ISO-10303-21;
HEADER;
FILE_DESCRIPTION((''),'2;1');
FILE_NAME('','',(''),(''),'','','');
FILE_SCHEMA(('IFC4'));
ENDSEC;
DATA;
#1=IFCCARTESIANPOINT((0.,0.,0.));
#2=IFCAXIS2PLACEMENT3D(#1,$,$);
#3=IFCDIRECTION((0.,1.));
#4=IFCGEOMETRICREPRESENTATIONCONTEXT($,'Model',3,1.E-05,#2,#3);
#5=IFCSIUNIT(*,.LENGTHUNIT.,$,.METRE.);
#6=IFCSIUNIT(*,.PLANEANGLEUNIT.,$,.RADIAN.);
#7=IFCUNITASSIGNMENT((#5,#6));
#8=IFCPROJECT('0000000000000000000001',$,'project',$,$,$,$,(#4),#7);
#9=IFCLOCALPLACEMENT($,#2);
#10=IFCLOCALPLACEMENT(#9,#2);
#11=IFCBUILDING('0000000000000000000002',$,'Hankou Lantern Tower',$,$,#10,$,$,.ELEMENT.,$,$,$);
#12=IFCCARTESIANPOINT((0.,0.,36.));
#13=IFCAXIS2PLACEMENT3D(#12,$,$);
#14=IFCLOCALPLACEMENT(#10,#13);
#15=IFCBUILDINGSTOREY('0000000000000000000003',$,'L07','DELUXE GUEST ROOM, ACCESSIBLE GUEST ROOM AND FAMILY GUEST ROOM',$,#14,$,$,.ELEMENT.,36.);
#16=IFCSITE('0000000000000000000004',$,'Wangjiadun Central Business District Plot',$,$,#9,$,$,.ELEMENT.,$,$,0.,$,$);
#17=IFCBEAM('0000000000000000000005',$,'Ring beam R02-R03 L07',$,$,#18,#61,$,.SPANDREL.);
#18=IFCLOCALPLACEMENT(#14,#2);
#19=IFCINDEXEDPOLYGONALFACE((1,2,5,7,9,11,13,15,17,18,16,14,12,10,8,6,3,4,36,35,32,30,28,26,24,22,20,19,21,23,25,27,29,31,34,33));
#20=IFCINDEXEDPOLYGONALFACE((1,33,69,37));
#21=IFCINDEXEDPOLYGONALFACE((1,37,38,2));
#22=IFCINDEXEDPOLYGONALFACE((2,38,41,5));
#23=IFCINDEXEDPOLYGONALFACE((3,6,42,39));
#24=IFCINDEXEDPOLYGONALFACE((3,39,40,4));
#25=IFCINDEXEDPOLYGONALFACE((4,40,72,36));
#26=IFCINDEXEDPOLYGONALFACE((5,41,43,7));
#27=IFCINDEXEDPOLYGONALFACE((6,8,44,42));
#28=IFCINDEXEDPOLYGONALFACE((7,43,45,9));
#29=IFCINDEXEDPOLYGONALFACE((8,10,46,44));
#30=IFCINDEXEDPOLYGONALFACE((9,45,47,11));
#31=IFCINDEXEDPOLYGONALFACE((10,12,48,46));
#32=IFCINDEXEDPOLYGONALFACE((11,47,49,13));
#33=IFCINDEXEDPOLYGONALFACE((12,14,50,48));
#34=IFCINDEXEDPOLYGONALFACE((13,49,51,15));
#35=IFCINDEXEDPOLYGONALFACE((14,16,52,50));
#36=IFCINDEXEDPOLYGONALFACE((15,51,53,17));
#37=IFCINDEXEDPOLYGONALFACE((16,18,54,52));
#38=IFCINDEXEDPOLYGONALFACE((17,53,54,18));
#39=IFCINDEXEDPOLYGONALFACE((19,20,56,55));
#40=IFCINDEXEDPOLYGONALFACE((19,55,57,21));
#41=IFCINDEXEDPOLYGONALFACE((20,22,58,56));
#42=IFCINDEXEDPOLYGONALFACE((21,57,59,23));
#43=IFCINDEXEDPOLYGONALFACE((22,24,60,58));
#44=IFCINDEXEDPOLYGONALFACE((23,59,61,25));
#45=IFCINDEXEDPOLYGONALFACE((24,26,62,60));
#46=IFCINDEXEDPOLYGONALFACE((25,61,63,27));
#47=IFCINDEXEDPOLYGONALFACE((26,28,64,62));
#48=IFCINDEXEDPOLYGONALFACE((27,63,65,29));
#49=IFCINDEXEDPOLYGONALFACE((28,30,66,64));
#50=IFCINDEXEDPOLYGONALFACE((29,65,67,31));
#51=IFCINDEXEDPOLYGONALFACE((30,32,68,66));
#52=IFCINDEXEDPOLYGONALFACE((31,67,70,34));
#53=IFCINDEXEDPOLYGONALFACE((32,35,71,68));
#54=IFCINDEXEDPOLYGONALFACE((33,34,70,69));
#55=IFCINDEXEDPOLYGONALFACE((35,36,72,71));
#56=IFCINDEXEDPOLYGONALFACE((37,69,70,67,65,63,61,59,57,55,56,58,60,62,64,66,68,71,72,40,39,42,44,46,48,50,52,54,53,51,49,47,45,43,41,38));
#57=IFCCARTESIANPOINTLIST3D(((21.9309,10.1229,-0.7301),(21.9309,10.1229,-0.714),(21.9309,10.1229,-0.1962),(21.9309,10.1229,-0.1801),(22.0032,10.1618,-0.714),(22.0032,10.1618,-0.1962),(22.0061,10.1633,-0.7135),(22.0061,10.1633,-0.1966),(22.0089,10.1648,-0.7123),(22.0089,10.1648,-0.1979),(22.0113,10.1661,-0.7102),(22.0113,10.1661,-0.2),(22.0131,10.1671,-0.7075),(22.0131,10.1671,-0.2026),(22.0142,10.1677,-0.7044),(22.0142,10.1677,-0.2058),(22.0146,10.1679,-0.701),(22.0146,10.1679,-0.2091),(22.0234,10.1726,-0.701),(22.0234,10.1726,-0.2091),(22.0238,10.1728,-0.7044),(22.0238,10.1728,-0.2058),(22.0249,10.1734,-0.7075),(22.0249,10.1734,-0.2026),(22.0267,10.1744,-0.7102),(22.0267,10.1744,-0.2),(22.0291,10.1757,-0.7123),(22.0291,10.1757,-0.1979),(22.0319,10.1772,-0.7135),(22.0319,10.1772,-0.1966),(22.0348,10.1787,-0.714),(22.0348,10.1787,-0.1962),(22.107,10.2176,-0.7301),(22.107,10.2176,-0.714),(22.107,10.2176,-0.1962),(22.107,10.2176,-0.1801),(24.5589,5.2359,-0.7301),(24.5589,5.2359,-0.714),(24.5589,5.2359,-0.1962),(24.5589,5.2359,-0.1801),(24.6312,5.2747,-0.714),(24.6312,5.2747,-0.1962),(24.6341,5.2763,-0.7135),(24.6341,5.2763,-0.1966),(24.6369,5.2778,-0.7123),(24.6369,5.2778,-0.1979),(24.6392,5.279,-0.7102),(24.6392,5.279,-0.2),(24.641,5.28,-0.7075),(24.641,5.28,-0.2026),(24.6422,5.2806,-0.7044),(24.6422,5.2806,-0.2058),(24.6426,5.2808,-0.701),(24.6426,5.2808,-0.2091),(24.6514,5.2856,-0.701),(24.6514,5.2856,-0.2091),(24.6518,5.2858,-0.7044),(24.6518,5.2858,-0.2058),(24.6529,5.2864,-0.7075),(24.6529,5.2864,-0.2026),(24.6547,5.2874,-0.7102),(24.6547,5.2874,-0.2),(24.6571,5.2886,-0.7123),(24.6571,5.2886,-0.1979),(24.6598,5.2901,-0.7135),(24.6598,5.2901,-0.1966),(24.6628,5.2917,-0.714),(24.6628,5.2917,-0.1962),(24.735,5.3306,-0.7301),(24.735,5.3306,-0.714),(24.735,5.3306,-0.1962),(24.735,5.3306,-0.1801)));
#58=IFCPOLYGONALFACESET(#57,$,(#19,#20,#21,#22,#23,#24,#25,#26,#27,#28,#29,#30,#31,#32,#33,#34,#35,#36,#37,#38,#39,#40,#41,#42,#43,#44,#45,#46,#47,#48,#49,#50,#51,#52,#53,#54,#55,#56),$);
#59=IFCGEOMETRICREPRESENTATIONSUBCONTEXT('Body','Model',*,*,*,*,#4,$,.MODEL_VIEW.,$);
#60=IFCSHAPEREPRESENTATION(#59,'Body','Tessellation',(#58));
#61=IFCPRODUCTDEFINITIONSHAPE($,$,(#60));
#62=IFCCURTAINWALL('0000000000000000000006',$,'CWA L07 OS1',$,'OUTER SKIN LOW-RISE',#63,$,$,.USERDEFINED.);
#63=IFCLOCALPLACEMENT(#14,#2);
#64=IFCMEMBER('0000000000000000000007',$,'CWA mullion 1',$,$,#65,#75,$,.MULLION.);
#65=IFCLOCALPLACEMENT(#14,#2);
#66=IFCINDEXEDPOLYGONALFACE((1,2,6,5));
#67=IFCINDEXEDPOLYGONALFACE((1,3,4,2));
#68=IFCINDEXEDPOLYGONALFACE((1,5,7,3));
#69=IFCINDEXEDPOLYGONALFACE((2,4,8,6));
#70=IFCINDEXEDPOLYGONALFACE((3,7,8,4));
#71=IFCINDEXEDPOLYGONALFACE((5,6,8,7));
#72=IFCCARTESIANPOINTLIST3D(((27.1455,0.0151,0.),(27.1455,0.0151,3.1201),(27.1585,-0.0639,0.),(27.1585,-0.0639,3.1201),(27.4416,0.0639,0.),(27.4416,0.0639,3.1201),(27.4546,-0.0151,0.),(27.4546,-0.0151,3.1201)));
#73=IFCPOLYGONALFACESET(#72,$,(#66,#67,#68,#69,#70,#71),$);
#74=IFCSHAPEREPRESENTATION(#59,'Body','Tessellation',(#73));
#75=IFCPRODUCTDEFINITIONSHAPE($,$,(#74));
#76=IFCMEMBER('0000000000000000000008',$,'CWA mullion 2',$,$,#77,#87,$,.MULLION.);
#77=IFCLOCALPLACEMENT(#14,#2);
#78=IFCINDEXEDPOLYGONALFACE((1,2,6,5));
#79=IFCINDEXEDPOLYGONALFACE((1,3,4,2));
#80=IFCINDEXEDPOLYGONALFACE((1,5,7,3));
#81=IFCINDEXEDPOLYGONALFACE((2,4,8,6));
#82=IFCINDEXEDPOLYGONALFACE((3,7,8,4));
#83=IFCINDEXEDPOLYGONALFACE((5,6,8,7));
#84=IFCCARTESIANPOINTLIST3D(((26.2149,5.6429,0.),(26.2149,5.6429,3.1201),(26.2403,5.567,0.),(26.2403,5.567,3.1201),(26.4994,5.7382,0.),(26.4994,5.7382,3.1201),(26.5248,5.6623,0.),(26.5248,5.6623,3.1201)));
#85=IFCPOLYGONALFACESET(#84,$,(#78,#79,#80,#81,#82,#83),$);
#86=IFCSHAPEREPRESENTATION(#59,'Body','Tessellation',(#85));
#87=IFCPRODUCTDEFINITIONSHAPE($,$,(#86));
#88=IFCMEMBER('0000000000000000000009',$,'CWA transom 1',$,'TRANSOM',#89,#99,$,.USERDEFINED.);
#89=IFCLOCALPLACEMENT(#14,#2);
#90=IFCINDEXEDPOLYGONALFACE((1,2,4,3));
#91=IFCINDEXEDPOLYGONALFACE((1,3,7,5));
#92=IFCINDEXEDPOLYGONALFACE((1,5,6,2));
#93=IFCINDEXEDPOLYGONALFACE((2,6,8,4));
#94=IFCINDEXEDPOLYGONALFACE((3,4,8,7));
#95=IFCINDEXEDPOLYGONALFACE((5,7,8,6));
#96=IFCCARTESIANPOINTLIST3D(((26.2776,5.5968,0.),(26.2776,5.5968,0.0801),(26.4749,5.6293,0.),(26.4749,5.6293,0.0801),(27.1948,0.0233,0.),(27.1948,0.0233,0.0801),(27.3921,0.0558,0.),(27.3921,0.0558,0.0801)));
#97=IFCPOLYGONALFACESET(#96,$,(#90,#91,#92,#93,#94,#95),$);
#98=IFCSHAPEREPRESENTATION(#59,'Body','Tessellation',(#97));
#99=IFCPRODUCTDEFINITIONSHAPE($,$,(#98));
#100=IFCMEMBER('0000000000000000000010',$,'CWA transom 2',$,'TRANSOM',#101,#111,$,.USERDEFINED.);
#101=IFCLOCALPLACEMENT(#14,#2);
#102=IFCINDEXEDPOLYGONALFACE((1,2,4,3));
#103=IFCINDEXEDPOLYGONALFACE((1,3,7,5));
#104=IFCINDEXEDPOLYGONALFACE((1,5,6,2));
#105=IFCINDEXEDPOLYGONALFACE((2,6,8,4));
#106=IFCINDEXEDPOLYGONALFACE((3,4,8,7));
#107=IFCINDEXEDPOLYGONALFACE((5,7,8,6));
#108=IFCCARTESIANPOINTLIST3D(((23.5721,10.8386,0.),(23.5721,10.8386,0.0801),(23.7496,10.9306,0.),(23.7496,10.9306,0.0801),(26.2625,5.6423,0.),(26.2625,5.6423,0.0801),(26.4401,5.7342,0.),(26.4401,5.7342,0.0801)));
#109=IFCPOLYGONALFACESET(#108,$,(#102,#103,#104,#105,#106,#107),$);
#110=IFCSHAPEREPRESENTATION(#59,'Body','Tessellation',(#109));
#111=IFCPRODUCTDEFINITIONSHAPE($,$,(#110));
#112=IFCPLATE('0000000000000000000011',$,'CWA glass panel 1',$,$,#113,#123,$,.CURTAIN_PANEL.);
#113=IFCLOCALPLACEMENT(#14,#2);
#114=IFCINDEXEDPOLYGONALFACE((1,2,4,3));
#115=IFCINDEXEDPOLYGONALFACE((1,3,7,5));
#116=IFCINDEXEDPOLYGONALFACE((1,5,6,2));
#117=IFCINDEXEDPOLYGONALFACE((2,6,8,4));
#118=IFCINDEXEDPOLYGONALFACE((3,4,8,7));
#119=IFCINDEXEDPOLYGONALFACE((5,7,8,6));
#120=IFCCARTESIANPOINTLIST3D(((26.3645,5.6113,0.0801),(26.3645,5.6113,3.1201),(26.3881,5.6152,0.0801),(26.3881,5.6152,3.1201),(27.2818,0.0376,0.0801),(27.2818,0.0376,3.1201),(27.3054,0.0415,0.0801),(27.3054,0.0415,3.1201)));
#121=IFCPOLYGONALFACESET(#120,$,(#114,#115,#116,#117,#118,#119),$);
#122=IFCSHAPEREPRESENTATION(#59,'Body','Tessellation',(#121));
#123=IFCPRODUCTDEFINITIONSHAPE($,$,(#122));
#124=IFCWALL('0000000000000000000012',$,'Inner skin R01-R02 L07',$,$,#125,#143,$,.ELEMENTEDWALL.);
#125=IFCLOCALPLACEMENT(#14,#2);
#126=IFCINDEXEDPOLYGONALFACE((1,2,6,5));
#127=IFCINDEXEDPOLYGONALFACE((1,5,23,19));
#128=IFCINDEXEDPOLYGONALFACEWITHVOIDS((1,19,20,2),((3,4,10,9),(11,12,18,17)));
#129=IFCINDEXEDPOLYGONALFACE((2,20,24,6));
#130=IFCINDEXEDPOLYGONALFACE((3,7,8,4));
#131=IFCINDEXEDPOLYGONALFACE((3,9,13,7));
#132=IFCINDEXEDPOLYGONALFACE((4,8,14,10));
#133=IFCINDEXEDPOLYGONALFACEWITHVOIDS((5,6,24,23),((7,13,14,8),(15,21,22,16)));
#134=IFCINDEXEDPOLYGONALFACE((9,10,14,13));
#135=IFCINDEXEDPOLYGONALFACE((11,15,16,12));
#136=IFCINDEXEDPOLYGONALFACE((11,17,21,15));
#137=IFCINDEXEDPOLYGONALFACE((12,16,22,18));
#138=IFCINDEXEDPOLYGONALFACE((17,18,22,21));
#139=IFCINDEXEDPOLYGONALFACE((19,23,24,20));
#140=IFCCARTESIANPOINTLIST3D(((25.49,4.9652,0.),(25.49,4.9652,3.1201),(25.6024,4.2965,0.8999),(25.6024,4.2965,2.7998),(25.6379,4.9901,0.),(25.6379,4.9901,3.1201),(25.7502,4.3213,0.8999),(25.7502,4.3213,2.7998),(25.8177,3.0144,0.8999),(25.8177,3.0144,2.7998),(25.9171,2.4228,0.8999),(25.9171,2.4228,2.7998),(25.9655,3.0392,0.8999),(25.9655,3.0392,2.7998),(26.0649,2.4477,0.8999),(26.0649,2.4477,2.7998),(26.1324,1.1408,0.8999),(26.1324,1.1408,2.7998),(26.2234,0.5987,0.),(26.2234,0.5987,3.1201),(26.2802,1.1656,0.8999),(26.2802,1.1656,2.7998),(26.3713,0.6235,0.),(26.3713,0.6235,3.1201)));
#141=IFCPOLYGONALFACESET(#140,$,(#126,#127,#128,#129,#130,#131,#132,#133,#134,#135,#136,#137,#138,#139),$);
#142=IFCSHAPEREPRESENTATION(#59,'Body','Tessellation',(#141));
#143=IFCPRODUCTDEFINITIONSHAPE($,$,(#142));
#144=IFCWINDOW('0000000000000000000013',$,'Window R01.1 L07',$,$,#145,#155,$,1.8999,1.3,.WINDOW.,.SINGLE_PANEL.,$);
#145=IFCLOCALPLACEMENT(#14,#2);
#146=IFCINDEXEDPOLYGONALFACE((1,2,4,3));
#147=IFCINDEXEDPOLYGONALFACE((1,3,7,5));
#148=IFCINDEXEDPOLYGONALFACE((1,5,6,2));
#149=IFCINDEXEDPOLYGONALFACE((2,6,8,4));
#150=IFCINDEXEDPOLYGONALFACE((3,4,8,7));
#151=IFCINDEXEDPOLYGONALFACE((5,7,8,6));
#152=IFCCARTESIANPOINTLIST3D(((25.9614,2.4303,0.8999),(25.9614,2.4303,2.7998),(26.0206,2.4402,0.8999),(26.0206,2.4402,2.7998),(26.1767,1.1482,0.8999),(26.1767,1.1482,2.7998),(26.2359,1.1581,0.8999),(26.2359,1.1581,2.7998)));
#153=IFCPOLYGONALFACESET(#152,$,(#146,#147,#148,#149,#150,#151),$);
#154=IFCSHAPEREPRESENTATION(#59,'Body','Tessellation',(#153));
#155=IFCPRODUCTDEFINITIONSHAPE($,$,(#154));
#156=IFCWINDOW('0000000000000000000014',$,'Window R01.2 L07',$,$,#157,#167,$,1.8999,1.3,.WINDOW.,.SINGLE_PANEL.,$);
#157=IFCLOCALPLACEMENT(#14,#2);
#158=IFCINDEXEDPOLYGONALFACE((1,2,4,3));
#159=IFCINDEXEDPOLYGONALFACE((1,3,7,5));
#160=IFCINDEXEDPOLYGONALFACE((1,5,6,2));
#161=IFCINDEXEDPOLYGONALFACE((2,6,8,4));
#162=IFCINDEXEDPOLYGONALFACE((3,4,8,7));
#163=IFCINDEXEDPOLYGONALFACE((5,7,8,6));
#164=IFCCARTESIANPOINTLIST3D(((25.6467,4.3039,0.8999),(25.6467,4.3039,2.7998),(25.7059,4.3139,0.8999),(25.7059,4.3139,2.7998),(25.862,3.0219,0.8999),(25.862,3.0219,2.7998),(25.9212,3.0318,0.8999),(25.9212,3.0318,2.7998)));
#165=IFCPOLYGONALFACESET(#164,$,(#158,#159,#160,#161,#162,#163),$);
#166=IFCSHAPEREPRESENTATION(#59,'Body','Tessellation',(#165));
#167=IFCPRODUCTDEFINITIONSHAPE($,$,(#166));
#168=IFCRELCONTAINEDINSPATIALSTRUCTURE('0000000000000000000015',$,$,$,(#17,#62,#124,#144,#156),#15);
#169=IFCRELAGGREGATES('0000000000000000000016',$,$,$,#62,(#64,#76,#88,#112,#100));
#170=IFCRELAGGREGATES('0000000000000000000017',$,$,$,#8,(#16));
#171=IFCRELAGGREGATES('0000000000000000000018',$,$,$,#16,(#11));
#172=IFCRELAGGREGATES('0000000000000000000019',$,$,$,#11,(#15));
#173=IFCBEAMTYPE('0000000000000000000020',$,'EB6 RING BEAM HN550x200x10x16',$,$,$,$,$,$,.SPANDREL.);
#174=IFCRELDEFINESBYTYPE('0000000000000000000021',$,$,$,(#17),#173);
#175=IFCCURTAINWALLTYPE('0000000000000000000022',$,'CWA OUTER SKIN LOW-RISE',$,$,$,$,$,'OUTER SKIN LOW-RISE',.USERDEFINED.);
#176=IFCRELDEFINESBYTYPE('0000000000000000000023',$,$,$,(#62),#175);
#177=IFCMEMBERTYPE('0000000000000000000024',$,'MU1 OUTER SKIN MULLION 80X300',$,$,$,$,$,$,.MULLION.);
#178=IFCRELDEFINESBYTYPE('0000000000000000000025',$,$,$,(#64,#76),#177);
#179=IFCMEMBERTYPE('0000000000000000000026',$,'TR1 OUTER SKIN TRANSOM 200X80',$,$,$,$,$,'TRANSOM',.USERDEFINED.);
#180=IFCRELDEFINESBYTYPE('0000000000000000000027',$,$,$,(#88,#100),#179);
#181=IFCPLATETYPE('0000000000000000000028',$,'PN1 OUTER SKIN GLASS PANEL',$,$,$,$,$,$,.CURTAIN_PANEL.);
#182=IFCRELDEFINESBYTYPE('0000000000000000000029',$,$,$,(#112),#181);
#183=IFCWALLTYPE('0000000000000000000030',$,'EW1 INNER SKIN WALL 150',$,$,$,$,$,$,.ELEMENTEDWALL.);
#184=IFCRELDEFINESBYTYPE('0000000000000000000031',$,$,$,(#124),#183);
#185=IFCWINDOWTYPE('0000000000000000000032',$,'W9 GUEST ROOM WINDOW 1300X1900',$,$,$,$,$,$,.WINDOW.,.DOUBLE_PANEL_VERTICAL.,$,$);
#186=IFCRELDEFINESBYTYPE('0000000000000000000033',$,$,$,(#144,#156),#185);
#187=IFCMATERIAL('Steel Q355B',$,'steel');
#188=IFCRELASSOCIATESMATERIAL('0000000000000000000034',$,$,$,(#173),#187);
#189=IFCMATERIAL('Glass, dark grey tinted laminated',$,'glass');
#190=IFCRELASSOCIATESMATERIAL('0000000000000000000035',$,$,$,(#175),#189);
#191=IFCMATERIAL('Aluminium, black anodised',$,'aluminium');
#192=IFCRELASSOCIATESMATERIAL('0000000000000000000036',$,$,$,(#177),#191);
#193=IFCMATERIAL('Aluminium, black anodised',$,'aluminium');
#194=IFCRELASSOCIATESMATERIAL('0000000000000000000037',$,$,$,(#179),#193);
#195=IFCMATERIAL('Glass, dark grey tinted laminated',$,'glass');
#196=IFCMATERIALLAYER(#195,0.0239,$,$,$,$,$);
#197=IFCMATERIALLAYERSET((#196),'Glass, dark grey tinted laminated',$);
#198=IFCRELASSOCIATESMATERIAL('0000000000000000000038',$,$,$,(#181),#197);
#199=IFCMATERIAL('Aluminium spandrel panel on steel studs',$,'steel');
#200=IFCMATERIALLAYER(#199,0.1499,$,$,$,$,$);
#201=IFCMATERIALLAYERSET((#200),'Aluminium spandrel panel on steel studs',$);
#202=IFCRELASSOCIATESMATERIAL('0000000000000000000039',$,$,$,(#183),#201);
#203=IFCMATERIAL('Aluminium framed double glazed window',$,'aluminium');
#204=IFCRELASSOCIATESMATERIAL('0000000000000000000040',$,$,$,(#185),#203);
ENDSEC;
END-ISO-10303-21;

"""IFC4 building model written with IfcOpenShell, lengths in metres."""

from ifc_helpers import new_model, si_unit, direction, frame, frame_2d, origin, origin_2d, place, context, subcontext, project, spatial, rectangle, i_section, extrude, material, layer, layer_set, material_profile, profile_set, type_object, element, fill, aggregate, save


model = new_model("IFC4")

# Units and contexts
model_context = context("Model", 3, precision=1e-05, world=origin(), true_north=direction((0.0, 1.0)))
body_context = subcontext(model_context, "Body", "Model", "MODEL_VIEW")
ifc_project = project(units=[si_unit("LENGTHUNIT", "METRE"), si_unit("PLANEANGLEUNIT", "RADIAN")], contexts=[model_context])

# Site, building, storey
site_placement = place(None, origin())
site = spatial("IfcSite", under=ifc_project, at=site_placement, Name="Wangjiadun Central Business District Plot", CompositionType="ELEMENT", RefElevation=0.0)
building_placement = place(site_placement, origin())
building = spatial("IfcBuilding", under=site, at=building_placement, Name="Hankou Lantern Tower", CompositionType="ELEMENT")
storey_placement = place(building_placement, frame((0.0, 0.0, 36.0)))
storey = spatial("IfcBuildingStorey", under=building, at=storey_placement, Name="L07", Description="DELUXE GUEST ROOM, ACCESSIBLE GUEST ROOM AND FAMILY GUEST ROOM", CompositionType="ELEMENT", Elevation=36.0)

# Beam
ifc_material_1 = material(Name="Steel Q355B", Category="steel")
ifc_material_profile_1 = material_profile(ifc_material_1, i_section(OverallWidth=0.2, OverallDepth=0.55, WebThickness=0.01, FlangeThickness=0.0161, FilletRadius=0.0129, at=origin_2d()), Name="HN550x200x10x16")
ifc_profile_set_1 = profile_set([ifc_material_profile_1], Name="Steel Q355B")
beam_type = type_object("IfcBeamType", Name="EB6 RING BEAM HN550x200x10x16", PredefinedType="SPANDREL", material=ifc_profile_set_1)
beam_1_placement = place(storey_placement, frame((24.647, 5.2832, -0.4551), z_axis=(-0.473609, 0.880735, 0.0), x_axis=(-0.880735, -0.473609, 0.0)))
element("IfcBeam", 1, at=beam_1_placement, inside=storey, type_object=beam_type, Name="Ring beam R02-R03 L07", PredefinedType="SPANDREL", context=body_context, shape_type="SweptSolid", body=[
    extrude(i_section(OverallWidth=0.2, OverallDepth=0.55, WebThickness=0.01, FlangeThickness=0.0161, FilletRadius=0.0129, at=origin_2d()), origin(), (0.0, 0.0, 1.0), 5.5488),
])

# Curtain wall, members, plate
ifc_material_2 = material(Name="Glass, dark grey tinted laminated", Category="glass")
curtain_wall_type = type_object("IfcCurtainWallType", Name="CWA OUTER SKIN LOW-RISE", ElementType="OUTER SKIN LOW-RISE", PredefinedType="USERDEFINED", material=ifc_material_2)
curtain_wall_placement = place(storey_placement, origin())
curtain_wall = element("IfcCurtainWall", 2, at=curtain_wall_placement, inside=storey, type_object=curtain_wall_type, Name="CWA L07 OS1", ObjectType="OUTER SKIN LOW-RISE", PredefinedType="USERDEFINED")
ifc_material_3 = material(Name="Aluminium, black anodised", Category="aluminium")
ifc_material_profile_2 = material_profile(ifc_material_3, rectangle(XDim=0.0801, YDim=0.3, at=origin_2d()), Name="MU1 80X300")
ifc_profile_set_2 = profile_set([ifc_material_profile_2], Name="Aluminium, black anodised")
member_type_1 = type_object("IfcMemberType", Name="MU1 OUTER SKIN MULLION 80X300", PredefinedType="MULLION", material=ifc_profile_set_2)
member_1_placement = place(storey_placement, frame((27.3, 0.0, 0.0), z_axis=(0.0, 0.0, 1.0), x_axis=(-0.162382, 0.986728, 0.0)))
member_1 = element("IfcMember", 3, at=member_1_placement, type_object=member_type_1, Name="CWA mullion 1", PredefinedType="MULLION", context=body_context, shape_type="SweptSolid", body=[
    extrude(rectangle(XDim=0.0801, YDim=0.3, at=origin_2d()), origin(), (0.0, 0.0, 1.0), 3.1201),
])
member_2_placement = place(storey_placement, frame((26.3699, 5.6526, 0.0), z_axis=(0.0, 0.0, 1.0), x_axis=(-0.317596, 0.948226, 0.0)))
member_2 = element("IfcMember", 4, at=member_2_placement, type_object=member_type_1, Name="CWA mullion 2", PredefinedType="MULLION", context=body_context, shape_type="SweptSolid", body=[
    extrude(rectangle(XDim=0.0801, YDim=0.3, at=origin_2d()), origin(), (0.0, 0.0, 1.0), 3.1201),
])
ifc_material_4 = material(Name="Aluminium, black anodised", Category="aluminium")
ifc_material_profile_3 = material_profile(ifc_material_4, rectangle(XDim=0.2, YDim=0.0801, at=origin_2d()), Name="TR1 200X80")
ifc_profile_set_3 = profile_set([ifc_material_profile_3], Name="Aluminium, black anodised")
member_type_2 = type_object("IfcMemberType", Name="TR1 OUTER SKIN TRANSOM 200X80", ElementType="TRANSOM", PredefinedType="USERDEFINED", material=ifc_profile_set_3)
member_3_placement = place(storey_placement, frame((27.2935, 0.0396, 0.04), z_axis=(-0.162387, 0.986727, 0.0), x_axis=(-0.986727, -0.162387, 0.0)))
member_3 = element("IfcMember", 5, at=member_3_placement, type_object=member_type_2, Name="CWA transom 1", ObjectType="TRANSOM", PredefinedType="USERDEFINED", context=body_context, shape_type="SweptSolid", body=[
    extrude(rectangle(XDim=0.2, YDim=0.0801, at=origin_2d()), origin(), (0.0, 0.0, 1.0), 5.6484),
])
member_4_placement = place(storey_placement, frame((26.3513, 5.6882, 0.04), z_axis=(-0.459786, 0.88803, 0.0), x_axis=(-0.88803, -0.459786, 0.0)))
member_4 = element("IfcMember", 6, at=member_4_placement, type_object=member_type_2, Name="CWA transom 2", ObjectType="TRANSOM", PredefinedType="USERDEFINED", context=body_context, shape_type="SweptSolid", body=[
    extrude(rectangle(XDim=0.2, YDim=0.0801, at=origin_2d()), origin(), (0.0, 0.0, 1.0), 5.8516),
])
ifc_material_5 = material(Name="Glass, dark grey tinted laminated", Category="glass")
ifc_layer_1 = layer(ifc_material_5, 0.0239)
ifc_layer_set_1 = layer_set([ifc_layer_1], Name="Glass, dark grey tinted laminated")
plate_type = type_object("IfcPlateType", Name="PN1 OUTER SKIN GLASS PANEL", PredefinedType="CURTAIN_PANEL", material=ifc_layer_set_1)
plate_placement = place(storey_placement, frame((26.835, 2.8264, 0.0801), z_axis=(0.0, 0.0, 1.0), x_axis=(-0.162382, 0.986728, 0.0)))
plate = element("IfcPlate", 7, at=plate_placement, type_object=plate_type, Name="CWA glass panel 1", PredefinedType="CURTAIN_PANEL", context=body_context, shape_type="SweptSolid", body=[
    extrude(rectangle(XDim=5.6487, YDim=0.0239, at=origin_2d()), origin(), (0.0, 0.0, 1.0), 3.04),
])
aggregate(curtain_wall, [member_1, member_2, member_3, plate, member_4])

# Wall, openings, windows
ifc_material_6 = material(Name="Aluminium spandrel panel on steel studs", Category="steel")
ifc_layer_2 = layer(ifc_material_6, 0.1499)
ifc_layer_set_2 = layer_set([ifc_layer_2], Name="Aluminium spandrel panel on steel studs")
wall_type_1 = type_object("IfcWallType", Name="EW1 INNER SKIN WALL 150", PredefinedType="ELEMENTEDWALL", material=ifc_layer_set_2)
wall_1_placement = place(storey_placement, frame((26.2974, 0.6111, 0.0), z_axis=(0.0, 0.0, 1.0), x_axis=(-0.165642, 0.986186, 0.0)))
wall_1 = element("IfcWall", 8, at=wall_1_placement, inside=storey, type_object=wall_type_1, Name="Inner skin R01-R02 L07", PredefinedType="ELEMENTEDWALL", context=body_context, shape_type="SweptSolid", body=[
    extrude(rectangle(XDim=4.4277, YDim=0.1499, at=frame_2d((2.2139, 0.0))), origin(), (0.0, 0.0, 1.0), 3.1201),
])
opening_1_placement = place(wall_1_placement, frame((0.5498, 0.0, 0.8999)))
opening_1 = element("IfcOpeningElement", 9, at=opening_1_placement, cuts=wall_1, PredefinedType="OPENING", context=body_context, shape_type="SweptSolid", body=[
    extrude(rectangle(XDim=1.3, YDim=1.8999, at=frame_2d((0.6499, 0.95))), frame((0.0, 0.085, 0.0), z_axis=(0.0, -1.0, 0.0), x_axis=(1.0, 0.0, 0.0)), (0.0, 0.0, 1.0), 0.1699),
])
opening_2_placement = place(wall_1_placement, frame((2.4497, 0.0, 0.8999)))
opening_2 = element("IfcOpeningElement", 10, at=opening_2_placement, cuts=wall_1, PredefinedType="OPENING", context=body_context, shape_type="SweptSolid", body=[
    extrude(rectangle(XDim=1.3, YDim=1.8999, at=frame_2d((0.6499, 0.95))), frame((0.0, 0.085, 0.0), z_axis=(0.0, -1.0, 0.0), x_axis=(1.0, 0.0, 0.0)), (0.0, 0.0, 1.0), 0.1699),
])
ifc_material_7 = material(Name="Aluminium framed double glazed window", Category="aluminium")
window_type = type_object("IfcWindowType", Name="W9 GUEST ROOM WINDOW 1300X1900", PartitioningType="DOUBLE_PANEL_VERTICAL", PredefinedType="WINDOW", material=ifc_material_7)
window_1_placement = place(opening_1_placement, origin())
window_1 = element("IfcWindow", 11, at=window_1_placement, inside=storey, type_object=window_type, Name="Window R01.1 L07", OverallHeight=1.8999, OverallWidth=1.3, PartitioningType="SINGLE_PANEL", PredefinedType="WINDOW", context=body_context, shape_type="SweptSolid", body=[
    extrude(rectangle(XDim=1.3, YDim=1.8999, at=frame_2d((0.6499, 0.95))), frame((0.0, 0.03, 0.0), z_axis=(0.0, -1.0, 0.0), x_axis=(1.0, 0.0, 0.0)), (0.0, 0.0, 1.0), 0.0601),
])
fill(opening_1, window_1)
window_2_placement = place(opening_2_placement, origin())
window_2 = element("IfcWindow", 12, at=window_2_placement, inside=storey, type_object=window_type, Name="Window R01.2 L07", OverallHeight=1.8999, OverallWidth=1.3, PartitioningType="SINGLE_PANEL", PredefinedType="WINDOW", context=body_context, shape_type="SweptSolid", body=[
    extrude(rectangle(XDim=1.3, YDim=1.8999, at=frame_2d((0.6499, 0.95))), frame((0.0, 0.03, 0.0), z_axis=(0.0, -1.0, 0.0), x_axis=(1.0, 0.0, 0.0)), (0.0, 0.0, 1.0), 0.0601),
])
fill(opening_2, window_2)

save(model, "model.ifc")
